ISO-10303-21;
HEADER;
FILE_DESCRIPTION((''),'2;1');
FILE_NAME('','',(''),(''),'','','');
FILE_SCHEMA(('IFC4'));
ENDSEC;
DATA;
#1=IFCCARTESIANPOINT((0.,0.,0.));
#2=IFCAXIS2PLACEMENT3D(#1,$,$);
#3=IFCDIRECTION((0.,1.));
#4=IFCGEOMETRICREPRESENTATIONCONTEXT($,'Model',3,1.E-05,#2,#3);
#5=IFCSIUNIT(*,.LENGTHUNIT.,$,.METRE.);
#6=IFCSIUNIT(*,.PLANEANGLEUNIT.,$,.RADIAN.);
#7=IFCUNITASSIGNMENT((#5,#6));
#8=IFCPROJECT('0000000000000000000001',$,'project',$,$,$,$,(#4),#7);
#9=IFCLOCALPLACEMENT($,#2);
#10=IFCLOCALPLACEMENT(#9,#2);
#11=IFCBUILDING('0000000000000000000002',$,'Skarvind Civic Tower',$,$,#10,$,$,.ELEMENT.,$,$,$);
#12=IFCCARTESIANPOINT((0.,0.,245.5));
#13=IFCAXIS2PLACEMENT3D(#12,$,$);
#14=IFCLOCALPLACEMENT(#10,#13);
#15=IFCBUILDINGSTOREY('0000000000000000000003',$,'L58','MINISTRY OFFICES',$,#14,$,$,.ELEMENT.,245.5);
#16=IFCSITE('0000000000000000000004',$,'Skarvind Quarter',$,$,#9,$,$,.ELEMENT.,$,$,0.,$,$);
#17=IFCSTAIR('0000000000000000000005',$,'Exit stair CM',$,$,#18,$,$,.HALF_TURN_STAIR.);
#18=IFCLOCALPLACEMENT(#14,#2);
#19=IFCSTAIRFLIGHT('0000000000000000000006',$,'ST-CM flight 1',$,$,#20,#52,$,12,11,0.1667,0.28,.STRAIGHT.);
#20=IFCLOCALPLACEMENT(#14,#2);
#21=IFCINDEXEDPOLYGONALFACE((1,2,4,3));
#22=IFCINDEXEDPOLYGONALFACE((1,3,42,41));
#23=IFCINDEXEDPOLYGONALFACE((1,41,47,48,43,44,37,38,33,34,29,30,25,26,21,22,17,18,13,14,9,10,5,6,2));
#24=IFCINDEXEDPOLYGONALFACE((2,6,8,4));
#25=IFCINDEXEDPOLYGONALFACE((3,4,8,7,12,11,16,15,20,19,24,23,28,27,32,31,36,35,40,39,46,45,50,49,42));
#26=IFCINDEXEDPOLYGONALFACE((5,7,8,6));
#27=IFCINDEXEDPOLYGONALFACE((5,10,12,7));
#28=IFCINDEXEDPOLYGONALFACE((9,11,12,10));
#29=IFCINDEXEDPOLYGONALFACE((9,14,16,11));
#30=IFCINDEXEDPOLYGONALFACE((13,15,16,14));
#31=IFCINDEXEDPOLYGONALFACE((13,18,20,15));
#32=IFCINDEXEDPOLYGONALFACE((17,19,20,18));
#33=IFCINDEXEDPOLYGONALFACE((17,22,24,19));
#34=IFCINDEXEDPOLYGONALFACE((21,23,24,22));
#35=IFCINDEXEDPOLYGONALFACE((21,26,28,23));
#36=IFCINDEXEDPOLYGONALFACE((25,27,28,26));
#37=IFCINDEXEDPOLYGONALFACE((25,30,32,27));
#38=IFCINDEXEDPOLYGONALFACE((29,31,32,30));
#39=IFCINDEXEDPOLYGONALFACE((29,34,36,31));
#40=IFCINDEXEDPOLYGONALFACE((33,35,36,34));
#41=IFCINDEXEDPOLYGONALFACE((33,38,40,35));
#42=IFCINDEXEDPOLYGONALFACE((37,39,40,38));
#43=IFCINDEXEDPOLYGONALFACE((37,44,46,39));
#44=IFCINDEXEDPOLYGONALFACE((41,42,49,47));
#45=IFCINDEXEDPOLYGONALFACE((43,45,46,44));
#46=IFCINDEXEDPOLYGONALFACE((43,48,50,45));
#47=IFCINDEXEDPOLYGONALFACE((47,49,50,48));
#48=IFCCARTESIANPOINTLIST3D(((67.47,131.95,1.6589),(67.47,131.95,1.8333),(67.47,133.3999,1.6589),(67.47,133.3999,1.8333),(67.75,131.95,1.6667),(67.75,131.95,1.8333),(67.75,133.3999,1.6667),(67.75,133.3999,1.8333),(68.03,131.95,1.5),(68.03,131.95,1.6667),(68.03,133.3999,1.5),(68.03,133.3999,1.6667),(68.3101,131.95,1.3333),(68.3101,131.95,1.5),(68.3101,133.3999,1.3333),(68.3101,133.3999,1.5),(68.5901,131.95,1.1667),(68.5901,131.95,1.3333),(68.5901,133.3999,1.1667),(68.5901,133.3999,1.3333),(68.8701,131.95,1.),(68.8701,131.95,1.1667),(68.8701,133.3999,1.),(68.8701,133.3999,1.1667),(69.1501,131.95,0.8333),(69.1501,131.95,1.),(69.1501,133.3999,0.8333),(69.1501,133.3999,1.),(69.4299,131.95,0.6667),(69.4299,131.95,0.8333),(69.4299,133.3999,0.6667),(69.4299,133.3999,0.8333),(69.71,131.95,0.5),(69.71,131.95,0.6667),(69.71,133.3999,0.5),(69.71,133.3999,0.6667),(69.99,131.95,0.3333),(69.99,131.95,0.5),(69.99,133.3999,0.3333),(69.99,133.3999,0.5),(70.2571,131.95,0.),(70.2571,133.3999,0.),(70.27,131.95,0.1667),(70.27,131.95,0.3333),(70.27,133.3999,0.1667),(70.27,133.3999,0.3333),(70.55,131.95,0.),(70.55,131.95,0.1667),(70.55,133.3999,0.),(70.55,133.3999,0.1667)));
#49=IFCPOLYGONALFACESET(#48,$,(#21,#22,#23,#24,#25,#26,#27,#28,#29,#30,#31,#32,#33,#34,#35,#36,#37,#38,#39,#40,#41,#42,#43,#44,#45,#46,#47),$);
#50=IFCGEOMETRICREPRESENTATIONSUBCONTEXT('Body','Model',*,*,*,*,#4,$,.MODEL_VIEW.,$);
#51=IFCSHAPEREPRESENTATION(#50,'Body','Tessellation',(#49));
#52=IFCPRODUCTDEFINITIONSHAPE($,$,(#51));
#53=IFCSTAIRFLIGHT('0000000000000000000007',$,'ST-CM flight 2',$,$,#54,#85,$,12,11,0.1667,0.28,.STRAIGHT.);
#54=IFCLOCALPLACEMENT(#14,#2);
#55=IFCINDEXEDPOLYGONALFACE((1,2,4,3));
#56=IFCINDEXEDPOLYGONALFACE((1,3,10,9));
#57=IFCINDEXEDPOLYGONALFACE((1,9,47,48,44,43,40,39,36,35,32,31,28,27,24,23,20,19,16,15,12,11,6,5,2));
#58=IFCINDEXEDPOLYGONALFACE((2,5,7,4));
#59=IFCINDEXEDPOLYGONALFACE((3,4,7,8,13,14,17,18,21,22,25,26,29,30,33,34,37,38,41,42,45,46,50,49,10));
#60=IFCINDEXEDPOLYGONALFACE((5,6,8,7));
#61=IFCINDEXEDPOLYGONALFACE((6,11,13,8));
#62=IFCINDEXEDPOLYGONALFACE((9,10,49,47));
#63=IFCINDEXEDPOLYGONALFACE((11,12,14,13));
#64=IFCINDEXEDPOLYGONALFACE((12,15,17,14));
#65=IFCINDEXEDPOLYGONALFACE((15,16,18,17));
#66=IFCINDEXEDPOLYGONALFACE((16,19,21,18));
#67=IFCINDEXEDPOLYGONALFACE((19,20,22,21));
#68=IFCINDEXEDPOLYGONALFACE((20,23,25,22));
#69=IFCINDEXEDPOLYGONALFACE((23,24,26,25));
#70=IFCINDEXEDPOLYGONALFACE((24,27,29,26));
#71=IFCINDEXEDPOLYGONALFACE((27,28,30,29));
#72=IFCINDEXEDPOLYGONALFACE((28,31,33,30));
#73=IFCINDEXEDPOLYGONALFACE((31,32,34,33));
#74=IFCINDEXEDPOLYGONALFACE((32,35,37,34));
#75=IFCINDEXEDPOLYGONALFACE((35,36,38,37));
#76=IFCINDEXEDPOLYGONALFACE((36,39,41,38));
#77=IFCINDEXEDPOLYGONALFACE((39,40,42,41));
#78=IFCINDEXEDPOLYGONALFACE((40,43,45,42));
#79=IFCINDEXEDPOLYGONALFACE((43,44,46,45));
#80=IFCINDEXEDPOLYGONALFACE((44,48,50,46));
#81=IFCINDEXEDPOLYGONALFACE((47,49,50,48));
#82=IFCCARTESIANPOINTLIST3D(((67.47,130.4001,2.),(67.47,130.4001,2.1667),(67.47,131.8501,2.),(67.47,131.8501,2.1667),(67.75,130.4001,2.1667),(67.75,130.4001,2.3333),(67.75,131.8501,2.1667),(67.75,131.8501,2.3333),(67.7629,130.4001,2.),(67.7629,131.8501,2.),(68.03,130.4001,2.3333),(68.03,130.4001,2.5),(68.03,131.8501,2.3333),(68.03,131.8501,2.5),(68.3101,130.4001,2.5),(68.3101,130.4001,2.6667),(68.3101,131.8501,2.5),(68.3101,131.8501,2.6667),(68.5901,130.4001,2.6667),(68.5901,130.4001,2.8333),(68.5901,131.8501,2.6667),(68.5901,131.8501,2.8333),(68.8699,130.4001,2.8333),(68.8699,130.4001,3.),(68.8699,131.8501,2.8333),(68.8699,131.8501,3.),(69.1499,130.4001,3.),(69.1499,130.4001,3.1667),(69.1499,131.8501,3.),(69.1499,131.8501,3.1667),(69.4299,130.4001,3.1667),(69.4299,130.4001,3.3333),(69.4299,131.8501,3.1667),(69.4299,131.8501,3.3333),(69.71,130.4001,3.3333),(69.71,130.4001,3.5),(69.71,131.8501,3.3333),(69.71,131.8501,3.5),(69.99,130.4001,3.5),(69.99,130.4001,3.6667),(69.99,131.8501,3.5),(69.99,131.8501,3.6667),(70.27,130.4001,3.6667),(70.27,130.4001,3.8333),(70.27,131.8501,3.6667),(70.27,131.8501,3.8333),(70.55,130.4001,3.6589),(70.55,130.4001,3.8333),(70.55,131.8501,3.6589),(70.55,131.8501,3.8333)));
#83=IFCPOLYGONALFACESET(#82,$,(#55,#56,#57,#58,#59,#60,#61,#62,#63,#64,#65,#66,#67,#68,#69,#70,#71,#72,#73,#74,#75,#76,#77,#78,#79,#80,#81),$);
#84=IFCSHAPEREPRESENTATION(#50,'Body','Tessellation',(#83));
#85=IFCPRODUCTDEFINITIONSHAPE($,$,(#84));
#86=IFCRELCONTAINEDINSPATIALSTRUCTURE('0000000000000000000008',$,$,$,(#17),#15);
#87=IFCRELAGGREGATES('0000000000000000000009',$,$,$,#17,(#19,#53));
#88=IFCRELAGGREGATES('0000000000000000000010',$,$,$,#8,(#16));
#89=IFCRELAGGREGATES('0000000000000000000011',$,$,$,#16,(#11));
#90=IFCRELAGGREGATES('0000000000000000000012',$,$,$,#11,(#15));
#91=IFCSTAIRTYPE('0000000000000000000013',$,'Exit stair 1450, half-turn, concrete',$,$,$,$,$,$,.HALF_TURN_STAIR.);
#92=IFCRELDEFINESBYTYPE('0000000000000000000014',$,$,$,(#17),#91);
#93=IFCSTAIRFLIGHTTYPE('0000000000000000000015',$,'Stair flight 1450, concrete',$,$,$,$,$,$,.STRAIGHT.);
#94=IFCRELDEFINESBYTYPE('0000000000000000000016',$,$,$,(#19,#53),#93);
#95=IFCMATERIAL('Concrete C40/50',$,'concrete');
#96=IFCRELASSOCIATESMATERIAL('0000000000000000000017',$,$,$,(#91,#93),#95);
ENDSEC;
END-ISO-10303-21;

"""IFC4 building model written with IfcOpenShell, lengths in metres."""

from ifc_helpers import new_model, si_unit, direction, frame, origin, place, context, subcontext, project, spatial, polyline, outline, extrude, material, type_object, element, aggregate, save


model = new_model("IFC4")

# Units and contexts
model_context = context("Model", 3, precision=1e-05, world=origin(), true_north=direction((0.0, 1.0)))
body_context = subcontext(model_context, "Body", "Model", "MODEL_VIEW")
ifc_project = project(units=[si_unit("LENGTHUNIT", "METRE"), si_unit("PLANEANGLEUNIT", "RADIAN")], contexts=[model_context])

# Site, building, storey
site_placement = place(None, origin())
site = spatial("IfcSite", under=ifc_project, at=site_placement, Name="Skarvind Quarter", CompositionType="ELEMENT", RefElevation=0.0)
building_placement = place(site_placement, origin())
building = spatial("IfcBuilding", under=site, at=building_placement, Name="Skarvind Civic Tower", CompositionType="ELEMENT")
storey_placement = place(building_placement, frame((0.0, 0.0, 245.5)))
storey = spatial("IfcBuildingStorey", under=building, at=storey_placement, Name="L58", Description="MINISTRY OFFICES", CompositionType="ELEMENT", Elevation=245.5)

# Stair, stair flights
ifc_material_1 = material(Name="Concrete C40/50", Category="concrete")
stair_type = type_object("IfcStairType", Name="Exit stair 1450, half-turn, concrete", PredefinedType="HALF_TURN_STAIR", material=ifc_material_1)
stair_placement = place(storey_placement, origin())
stair = element("IfcStair", 1, at=stair_placement, inside=storey, type_object=stair_type, Name="Exit stair CM", PredefinedType="HALF_TURN_STAIR")
stair_flight_type = type_object("IfcStairFlightType", Name="Stair flight 1450, concrete", PredefinedType="STRAIGHT", material=ifc_material_1)
stair_flight_1_placement = place(storey_placement, frame((70.55, 132.675, 0.0), z_axis=(0.0, 0.0, 1.0), x_axis=(-1.0, 0.0, 0.0)))
stair_flight_1 = element("IfcStairFlight", 2, at=stair_flight_1_placement, type_object=stair_flight_type, Name="ST-CM flight 1", NumberOfRisers=12, NumberOfTreads=11, PredefinedType="STRAIGHT", RiserHeight=0.1667, TreadLength=0.28, context=body_context, shape_type="SweptSolid", body=[
    extrude(outline(polyline([(0.0, 0.0), (0.0, 0.1667), (0.28, 0.1667), (0.28, 0.3333), (0.5601, 0.3333), (0.5601, 0.5), (0.8401, 0.5), (0.8401, 0.6667), (1.1201, 0.6667), (1.1201, 0.8333), (1.3999, 0.8333), (1.3999, 1.0), (1.6799, 1.0), (1.6799, 1.1667), (1.96, 1.1667), (1.96, 1.3333), (2.24, 1.3333), (2.24, 1.5), (2.52, 1.5), (2.52, 1.6667), (2.8, 1.6667), (2.8, 1.8333), (3.0801, 1.8333), (3.0801, 2.0), (3.0801, 1.6589), (0.293, 0.0), (0.0, 0.0)])), frame((0.0, 0.7251, 0.0), z_axis=(0.0, -1.0, 0.0), x_axis=(1.0, 0.0, 0.0)), (0.0, 0.0, 1.0), 1.45),
])
stair_flight_2_placement = place(storey_placement, frame((67.47, 131.125, 2.0), z_axis=(0.0, 0.0, 1.0), x_axis=(1.0, 0.0, 0.0)))
stair_flight_2 = element("IfcStairFlight", 3, at=stair_flight_2_placement, type_object=stair_flight_type, Name="ST-CM flight 2", NumberOfRisers=12, NumberOfTreads=11, PredefinedType="STRAIGHT", RiserHeight=0.1667, TreadLength=0.28, context=body_context, shape_type="SweptSolid", body=[
    extrude(outline(polyline([(0.0, 0.0), (0.0, 0.1667), (0.28, 0.1667), (0.28, 0.3333), (0.5601, 0.3333), (0.5601, 0.5), (0.8401, 0.5), (0.8401, 0.6667), (1.1201, 0.6667), (1.1201, 0.8333), (1.3999, 0.8333), (1.3999, 1.0), (1.6799, 1.0), (1.6799, 1.1667), (1.96, 1.1667), (1.96, 1.3333), (2.24, 1.3333), (2.24, 1.5), (2.52, 1.5), (2.52, 1.6667), (2.8, 1.6667), (2.8, 1.8333), (3.0801, 1.8333), (3.0801, 2.0), (3.0801, 1.6589), (0.293, 0.0), (0.0, 0.0)])), frame((0.0, 0.7251, 0.0), z_axis=(0.0, -1.0, 0.0), x_axis=(1.0, 0.0, 0.0)), (0.0, 0.0, 1.0), 1.45),
])
aggregate(stair, [stair_flight_1, stair_flight_2])

save(model, "model.ifc")
